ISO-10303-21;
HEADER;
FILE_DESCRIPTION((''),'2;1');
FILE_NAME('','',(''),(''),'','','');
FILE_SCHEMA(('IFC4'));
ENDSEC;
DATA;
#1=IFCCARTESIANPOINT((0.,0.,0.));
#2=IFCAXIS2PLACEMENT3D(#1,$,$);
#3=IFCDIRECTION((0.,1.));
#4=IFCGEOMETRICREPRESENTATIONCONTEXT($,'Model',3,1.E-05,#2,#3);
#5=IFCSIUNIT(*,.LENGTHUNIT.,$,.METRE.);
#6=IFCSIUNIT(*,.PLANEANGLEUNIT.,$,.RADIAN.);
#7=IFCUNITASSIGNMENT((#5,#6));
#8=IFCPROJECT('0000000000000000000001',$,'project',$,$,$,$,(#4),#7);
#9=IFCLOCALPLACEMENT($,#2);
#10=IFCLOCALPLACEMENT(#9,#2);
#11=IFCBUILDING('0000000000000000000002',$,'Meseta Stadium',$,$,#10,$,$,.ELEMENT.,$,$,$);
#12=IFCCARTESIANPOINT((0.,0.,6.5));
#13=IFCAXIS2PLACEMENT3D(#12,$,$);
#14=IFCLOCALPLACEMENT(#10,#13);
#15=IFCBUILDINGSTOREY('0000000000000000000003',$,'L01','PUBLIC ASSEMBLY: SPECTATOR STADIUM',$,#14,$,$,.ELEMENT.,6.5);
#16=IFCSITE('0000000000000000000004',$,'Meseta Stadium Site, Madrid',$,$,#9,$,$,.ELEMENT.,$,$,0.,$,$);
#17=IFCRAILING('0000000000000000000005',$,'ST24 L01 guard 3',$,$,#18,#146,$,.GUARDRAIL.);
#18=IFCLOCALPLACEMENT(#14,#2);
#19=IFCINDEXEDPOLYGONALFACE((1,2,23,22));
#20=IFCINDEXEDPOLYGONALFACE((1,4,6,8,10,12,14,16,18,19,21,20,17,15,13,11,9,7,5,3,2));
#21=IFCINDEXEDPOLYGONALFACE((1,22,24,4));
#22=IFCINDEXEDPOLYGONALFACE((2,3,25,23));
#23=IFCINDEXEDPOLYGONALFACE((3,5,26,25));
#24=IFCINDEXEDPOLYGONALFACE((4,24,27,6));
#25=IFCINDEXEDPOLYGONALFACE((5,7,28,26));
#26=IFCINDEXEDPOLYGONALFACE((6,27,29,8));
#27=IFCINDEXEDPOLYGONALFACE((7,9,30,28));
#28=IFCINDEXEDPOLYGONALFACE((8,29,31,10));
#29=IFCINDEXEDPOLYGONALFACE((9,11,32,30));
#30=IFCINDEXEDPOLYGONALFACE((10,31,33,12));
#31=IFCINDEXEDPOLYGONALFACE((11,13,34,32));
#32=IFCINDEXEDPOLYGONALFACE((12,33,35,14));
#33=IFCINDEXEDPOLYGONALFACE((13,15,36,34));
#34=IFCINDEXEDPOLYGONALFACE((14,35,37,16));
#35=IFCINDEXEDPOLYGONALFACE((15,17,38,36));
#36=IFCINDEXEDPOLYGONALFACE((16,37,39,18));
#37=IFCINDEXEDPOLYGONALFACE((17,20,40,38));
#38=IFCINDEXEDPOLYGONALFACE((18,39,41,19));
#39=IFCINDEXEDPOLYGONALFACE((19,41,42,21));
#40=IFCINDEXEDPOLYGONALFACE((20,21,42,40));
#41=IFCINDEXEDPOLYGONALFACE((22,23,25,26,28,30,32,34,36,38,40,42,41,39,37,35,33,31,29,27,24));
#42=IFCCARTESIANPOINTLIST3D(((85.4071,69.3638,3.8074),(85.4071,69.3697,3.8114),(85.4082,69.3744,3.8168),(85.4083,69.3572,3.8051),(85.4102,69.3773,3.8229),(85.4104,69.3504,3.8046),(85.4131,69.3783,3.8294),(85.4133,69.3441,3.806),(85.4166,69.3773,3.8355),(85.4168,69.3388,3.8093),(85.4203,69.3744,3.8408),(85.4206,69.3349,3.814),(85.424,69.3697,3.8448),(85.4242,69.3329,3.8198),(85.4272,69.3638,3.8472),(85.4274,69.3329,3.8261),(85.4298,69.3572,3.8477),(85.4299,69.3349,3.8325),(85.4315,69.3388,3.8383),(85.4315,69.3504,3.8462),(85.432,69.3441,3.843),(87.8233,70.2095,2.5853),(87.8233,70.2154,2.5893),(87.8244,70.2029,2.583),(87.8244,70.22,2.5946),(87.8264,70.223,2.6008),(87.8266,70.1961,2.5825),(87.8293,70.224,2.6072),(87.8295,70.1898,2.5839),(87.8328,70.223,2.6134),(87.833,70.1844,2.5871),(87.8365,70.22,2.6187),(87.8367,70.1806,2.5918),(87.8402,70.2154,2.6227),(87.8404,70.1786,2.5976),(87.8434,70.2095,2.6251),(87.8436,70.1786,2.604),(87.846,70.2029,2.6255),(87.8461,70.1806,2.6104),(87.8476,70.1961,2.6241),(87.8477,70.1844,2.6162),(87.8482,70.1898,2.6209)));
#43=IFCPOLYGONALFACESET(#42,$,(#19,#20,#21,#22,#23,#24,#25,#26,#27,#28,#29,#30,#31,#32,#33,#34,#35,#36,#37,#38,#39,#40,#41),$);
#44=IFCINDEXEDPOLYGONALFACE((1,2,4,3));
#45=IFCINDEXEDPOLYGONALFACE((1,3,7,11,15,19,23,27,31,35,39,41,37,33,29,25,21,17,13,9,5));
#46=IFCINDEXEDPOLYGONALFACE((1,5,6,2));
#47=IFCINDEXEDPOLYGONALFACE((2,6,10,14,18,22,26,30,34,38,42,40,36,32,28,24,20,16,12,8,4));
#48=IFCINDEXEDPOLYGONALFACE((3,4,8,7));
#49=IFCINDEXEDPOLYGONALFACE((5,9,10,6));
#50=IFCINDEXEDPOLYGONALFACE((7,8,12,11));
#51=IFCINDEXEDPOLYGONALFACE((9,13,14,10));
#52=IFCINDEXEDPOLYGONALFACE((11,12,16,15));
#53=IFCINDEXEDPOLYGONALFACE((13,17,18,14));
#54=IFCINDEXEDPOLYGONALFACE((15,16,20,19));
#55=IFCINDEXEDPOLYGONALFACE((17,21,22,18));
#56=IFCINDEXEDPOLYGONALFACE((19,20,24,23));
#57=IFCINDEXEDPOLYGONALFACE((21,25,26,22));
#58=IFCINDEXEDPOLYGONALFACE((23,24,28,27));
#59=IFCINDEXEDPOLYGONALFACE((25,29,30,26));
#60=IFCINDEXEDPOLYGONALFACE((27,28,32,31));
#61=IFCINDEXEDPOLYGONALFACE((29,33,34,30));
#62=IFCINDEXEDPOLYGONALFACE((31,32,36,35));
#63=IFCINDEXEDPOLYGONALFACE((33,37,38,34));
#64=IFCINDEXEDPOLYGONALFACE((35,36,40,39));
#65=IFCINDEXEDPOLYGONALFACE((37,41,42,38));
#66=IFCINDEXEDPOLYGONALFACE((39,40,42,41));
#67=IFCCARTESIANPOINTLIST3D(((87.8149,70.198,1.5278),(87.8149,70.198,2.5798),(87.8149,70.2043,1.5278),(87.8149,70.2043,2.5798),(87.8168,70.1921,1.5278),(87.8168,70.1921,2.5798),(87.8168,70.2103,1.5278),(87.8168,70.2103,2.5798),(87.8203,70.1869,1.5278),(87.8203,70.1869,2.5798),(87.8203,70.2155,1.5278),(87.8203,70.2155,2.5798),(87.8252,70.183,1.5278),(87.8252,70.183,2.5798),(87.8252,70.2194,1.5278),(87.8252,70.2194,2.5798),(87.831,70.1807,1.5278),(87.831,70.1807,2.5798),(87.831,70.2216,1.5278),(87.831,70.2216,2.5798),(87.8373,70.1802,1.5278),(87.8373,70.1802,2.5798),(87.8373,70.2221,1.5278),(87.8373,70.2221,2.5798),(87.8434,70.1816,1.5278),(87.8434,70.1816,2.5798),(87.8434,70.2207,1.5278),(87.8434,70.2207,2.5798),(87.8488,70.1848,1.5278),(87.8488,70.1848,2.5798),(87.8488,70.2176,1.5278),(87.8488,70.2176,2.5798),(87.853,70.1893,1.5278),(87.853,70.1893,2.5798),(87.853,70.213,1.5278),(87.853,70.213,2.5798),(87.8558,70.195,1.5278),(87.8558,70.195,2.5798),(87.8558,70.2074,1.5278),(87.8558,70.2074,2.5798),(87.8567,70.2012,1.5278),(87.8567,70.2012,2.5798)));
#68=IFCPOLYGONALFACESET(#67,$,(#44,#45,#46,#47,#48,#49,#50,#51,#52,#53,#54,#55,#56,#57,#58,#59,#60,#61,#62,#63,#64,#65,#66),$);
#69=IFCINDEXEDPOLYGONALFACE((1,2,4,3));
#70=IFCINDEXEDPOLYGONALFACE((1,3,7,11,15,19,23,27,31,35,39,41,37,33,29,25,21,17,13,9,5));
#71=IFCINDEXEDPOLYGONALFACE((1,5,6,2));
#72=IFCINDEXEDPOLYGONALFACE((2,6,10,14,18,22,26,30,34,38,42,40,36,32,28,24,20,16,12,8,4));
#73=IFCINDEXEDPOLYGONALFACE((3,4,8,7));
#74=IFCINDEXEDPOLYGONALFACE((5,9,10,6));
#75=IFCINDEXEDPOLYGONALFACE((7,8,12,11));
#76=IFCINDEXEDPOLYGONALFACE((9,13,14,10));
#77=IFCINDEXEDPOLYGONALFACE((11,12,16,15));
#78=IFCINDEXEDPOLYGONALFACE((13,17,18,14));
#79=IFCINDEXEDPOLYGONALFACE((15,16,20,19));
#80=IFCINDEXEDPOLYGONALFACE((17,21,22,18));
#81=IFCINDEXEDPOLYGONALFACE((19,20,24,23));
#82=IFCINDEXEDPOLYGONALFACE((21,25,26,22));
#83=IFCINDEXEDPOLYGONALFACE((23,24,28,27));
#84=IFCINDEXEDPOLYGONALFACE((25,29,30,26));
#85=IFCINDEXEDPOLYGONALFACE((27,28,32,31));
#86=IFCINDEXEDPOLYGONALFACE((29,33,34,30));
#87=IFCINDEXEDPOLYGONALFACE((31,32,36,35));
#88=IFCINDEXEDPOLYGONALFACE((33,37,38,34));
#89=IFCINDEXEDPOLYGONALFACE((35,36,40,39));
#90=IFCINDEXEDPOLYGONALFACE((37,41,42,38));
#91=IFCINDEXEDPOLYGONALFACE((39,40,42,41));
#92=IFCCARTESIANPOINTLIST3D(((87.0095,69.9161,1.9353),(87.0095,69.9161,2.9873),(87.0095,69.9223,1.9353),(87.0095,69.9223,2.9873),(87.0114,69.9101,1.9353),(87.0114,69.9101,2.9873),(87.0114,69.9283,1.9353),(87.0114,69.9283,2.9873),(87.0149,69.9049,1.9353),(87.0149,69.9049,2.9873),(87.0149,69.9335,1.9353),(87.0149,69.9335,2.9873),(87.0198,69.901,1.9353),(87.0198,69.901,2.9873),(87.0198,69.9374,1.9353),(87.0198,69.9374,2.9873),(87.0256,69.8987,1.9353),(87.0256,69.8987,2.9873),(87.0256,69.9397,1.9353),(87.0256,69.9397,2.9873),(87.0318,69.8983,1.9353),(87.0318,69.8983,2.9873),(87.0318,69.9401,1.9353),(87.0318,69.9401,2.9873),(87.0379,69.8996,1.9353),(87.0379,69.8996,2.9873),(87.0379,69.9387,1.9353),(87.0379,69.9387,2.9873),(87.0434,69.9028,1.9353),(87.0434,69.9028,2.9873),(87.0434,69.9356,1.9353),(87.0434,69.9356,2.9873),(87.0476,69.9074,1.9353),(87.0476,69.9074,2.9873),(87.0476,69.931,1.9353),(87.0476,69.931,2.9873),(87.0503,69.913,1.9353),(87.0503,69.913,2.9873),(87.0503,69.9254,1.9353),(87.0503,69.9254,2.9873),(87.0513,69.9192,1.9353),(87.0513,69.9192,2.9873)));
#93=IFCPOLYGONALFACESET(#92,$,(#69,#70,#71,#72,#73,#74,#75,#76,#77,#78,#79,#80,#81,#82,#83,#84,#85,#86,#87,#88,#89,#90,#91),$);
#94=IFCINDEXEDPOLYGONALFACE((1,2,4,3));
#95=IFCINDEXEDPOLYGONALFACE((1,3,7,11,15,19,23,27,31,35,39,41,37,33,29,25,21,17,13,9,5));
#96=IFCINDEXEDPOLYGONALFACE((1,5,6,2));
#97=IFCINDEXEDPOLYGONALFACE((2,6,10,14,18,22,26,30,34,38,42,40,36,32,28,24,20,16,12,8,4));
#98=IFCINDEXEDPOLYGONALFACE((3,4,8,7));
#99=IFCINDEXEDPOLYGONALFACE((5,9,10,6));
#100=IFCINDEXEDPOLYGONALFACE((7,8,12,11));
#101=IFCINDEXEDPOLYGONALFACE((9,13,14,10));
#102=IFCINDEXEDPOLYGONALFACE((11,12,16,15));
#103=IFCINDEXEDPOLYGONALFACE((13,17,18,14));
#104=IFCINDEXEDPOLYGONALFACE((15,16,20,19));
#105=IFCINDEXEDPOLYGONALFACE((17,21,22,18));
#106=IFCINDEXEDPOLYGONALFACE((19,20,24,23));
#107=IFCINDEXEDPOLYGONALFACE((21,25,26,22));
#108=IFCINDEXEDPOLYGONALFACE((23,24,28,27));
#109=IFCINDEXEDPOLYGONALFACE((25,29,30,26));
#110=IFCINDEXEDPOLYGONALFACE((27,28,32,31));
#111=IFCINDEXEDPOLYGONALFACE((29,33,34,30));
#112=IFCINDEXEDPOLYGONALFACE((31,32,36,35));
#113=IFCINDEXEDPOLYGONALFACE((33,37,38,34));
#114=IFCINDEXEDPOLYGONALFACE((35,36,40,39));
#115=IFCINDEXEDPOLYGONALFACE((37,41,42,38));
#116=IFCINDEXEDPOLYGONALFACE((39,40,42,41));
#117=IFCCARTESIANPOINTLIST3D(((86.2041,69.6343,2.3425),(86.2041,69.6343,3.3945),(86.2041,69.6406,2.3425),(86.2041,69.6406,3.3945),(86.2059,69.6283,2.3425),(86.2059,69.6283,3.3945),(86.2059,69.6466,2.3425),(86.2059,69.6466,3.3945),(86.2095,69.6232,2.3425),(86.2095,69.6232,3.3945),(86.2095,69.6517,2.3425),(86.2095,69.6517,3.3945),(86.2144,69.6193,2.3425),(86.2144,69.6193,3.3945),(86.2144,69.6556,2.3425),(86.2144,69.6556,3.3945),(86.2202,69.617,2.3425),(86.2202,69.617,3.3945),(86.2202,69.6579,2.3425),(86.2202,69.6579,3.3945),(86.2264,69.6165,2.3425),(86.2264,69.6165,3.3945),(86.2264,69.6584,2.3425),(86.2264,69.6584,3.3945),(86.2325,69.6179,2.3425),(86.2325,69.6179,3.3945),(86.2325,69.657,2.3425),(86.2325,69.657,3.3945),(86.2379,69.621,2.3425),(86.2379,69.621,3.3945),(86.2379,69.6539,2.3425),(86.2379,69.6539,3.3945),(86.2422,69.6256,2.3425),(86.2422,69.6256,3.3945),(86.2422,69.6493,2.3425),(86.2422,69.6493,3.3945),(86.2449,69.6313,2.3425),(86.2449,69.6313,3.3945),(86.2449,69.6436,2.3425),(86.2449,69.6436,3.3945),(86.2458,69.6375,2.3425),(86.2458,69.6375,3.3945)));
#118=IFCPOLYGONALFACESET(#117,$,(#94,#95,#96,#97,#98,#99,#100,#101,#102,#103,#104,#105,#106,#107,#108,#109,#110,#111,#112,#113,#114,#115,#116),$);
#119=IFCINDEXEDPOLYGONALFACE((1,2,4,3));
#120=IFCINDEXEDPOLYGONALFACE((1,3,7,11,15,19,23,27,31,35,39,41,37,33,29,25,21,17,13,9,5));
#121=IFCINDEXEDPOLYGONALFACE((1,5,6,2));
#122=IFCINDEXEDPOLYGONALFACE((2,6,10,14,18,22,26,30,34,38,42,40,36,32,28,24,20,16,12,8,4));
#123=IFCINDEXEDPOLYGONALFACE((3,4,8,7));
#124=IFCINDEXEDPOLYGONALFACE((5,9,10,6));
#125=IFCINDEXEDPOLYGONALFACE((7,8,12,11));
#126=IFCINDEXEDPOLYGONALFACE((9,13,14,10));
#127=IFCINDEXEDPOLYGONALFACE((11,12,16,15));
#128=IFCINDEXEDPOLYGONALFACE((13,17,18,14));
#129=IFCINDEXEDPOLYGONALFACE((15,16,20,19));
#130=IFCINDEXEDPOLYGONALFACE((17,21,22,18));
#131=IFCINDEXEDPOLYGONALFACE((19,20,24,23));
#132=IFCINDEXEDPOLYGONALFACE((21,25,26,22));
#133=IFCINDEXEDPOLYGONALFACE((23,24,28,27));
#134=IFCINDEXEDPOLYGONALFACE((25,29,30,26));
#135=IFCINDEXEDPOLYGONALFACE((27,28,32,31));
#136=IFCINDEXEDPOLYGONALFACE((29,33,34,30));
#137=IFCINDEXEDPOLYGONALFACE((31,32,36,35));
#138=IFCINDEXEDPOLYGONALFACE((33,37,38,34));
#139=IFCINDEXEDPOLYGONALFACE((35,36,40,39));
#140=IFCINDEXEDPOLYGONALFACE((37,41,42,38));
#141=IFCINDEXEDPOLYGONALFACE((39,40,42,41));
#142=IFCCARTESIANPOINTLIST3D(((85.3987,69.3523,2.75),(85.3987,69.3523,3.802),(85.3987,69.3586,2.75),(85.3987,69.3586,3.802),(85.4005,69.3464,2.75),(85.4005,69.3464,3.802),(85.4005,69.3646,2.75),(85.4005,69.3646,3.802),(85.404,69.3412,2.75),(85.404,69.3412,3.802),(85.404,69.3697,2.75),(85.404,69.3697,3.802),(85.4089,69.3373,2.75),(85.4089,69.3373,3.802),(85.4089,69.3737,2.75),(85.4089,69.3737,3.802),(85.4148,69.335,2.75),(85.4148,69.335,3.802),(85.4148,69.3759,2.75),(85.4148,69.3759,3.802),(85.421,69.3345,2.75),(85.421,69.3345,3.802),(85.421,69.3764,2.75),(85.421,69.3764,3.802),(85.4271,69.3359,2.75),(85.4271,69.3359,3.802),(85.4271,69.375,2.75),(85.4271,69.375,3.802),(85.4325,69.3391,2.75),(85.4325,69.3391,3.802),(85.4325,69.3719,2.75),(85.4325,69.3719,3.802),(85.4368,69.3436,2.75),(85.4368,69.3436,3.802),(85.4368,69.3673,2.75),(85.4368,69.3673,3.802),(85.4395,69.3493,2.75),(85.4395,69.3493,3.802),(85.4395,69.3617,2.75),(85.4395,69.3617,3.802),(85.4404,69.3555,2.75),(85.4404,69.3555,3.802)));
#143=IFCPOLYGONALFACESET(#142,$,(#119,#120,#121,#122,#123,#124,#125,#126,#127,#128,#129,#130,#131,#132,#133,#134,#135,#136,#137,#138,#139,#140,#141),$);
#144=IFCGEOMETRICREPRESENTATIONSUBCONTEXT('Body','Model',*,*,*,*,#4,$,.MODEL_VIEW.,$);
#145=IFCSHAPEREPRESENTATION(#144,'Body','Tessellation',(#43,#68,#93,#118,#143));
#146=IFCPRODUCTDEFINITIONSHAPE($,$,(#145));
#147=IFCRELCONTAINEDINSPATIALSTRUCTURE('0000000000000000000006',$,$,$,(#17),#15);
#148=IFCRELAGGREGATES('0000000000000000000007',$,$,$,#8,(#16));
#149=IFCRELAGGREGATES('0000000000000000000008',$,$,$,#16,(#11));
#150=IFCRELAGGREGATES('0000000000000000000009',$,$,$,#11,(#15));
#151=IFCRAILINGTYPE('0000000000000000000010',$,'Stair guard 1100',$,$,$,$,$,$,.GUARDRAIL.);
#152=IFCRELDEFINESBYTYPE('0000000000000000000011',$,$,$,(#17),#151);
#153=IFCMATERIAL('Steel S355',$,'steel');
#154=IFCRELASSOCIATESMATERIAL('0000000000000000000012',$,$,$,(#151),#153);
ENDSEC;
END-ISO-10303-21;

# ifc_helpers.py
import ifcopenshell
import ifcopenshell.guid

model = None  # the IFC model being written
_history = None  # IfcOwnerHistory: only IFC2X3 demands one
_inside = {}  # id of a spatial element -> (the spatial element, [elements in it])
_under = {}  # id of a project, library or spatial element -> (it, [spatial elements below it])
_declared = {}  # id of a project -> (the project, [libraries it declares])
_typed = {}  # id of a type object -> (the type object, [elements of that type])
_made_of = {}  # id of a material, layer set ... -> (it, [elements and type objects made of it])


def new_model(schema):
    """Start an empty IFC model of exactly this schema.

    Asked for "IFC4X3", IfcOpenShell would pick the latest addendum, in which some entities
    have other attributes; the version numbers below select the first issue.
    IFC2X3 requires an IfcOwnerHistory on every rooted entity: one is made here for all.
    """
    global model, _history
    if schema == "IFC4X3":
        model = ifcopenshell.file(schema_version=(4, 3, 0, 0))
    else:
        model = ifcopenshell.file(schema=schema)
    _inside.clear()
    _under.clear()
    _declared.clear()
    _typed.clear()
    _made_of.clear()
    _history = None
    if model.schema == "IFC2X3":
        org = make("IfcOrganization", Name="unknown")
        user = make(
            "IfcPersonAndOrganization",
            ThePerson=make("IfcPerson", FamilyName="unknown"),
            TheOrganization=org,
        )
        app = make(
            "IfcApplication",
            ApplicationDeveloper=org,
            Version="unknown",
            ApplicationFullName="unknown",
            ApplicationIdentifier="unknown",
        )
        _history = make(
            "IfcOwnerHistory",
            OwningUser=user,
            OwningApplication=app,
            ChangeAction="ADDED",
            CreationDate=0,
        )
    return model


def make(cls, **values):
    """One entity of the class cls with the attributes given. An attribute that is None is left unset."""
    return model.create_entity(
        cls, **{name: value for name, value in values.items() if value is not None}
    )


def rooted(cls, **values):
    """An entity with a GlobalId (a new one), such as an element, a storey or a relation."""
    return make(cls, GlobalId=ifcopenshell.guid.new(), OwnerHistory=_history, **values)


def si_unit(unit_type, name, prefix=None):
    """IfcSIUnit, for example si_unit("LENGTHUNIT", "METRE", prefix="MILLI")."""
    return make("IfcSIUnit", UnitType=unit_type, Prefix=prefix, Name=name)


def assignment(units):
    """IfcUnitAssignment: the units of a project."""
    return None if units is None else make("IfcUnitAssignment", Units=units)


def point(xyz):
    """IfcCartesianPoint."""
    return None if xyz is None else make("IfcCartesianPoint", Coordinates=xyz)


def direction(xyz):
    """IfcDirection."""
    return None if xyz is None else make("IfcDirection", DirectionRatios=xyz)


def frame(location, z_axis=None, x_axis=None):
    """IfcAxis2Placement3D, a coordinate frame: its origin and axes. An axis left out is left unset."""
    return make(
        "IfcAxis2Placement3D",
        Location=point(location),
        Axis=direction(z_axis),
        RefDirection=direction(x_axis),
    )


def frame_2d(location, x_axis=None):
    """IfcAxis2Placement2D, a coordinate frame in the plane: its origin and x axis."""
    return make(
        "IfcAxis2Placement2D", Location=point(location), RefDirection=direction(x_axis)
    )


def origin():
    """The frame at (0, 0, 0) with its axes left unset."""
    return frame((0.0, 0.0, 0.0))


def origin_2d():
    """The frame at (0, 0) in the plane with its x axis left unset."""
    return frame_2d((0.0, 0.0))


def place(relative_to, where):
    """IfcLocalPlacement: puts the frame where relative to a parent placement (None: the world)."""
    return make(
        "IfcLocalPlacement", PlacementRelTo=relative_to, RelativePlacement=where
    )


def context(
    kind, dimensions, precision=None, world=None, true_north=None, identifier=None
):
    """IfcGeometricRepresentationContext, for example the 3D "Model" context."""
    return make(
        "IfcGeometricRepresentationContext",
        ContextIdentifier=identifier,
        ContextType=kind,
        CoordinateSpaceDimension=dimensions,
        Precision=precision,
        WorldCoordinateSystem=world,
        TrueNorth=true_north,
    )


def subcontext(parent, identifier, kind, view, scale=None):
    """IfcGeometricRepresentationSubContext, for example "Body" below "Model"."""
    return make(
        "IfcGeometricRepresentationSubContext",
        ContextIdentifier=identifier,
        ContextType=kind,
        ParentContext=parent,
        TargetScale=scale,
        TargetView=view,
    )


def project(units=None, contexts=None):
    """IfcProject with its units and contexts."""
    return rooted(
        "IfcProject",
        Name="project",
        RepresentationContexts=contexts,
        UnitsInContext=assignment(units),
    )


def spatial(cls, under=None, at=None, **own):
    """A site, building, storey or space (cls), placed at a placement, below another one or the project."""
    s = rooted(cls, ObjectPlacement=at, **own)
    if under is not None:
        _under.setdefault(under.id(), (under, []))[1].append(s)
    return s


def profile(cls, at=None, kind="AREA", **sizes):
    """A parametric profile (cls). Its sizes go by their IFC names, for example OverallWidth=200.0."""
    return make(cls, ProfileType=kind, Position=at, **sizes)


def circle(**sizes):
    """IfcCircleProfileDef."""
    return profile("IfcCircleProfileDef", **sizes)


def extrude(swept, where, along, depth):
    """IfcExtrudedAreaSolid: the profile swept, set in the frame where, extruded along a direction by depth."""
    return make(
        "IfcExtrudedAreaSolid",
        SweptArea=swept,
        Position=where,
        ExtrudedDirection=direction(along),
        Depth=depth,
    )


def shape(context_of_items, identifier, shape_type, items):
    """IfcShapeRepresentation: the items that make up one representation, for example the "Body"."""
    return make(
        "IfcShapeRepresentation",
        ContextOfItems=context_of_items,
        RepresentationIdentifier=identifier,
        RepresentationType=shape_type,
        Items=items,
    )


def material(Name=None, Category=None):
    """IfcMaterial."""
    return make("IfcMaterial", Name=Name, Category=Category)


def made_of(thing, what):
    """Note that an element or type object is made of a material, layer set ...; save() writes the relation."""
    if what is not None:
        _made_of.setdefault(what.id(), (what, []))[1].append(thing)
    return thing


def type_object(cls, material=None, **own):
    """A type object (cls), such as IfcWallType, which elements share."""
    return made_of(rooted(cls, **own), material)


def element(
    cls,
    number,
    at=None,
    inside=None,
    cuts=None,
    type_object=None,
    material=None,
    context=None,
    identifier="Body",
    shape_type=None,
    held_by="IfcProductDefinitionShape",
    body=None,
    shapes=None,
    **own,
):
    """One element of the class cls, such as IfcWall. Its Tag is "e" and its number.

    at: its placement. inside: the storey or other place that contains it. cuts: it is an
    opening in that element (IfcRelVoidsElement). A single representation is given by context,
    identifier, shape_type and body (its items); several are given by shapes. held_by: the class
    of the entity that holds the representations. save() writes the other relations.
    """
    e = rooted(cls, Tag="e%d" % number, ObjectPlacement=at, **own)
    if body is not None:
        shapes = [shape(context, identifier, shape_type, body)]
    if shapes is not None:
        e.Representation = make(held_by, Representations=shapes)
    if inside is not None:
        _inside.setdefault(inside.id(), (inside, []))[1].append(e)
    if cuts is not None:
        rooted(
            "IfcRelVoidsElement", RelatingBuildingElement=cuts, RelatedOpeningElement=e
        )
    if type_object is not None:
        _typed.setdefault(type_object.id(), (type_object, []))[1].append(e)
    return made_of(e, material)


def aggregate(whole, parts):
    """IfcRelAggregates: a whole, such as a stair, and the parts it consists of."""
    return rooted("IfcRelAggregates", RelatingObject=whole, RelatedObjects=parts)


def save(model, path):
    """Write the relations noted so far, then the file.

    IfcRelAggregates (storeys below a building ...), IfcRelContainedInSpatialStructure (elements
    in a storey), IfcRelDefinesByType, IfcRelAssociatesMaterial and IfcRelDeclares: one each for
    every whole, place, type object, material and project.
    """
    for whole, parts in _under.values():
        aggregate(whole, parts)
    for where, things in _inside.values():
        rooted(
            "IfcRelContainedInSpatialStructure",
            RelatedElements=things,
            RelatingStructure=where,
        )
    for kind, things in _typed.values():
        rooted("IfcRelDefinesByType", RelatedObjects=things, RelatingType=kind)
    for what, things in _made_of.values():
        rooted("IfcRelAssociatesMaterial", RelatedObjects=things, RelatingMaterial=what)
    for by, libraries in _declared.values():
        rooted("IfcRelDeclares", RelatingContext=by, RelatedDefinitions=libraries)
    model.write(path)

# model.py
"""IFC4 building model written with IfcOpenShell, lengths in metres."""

from ifc_helpers import new_model, si_unit, direction, frame, origin, origin_2d, place, context, subcontext, project, spatial, circle, extrude, material, type_object, element, save


model = new_model("IFC4")

# Units and contexts
model_context = context("Model", 3, precision=1e-05, world=origin(), true_north=direction((0.0, 1.0)))
body_context = subcontext(model_context, "Body", "Model", "MODEL_VIEW")
ifc_project = project(units=[si_unit("LENGTHUNIT", "METRE"), si_unit("PLANEANGLEUNIT", "RADIAN")], contexts=[model_context])

# Site, building, storey
site_placement = place(None, origin())
site = spatial("IfcSite", under=ifc_project, at=site_placement, Name="Meseta Stadium Site, Madrid", CompositionType="ELEMENT", RefElevation=0.0)
building_placement = place(site_placement, origin())
building = spatial("IfcBuilding", under=site, at=building_placement, Name="Meseta Stadium", CompositionType="ELEMENT")
storey_placement = place(building_placement, frame((0.0, 0.0, 6.5)))
storey = spatial("IfcBuildingStorey", under=building, at=storey_placement, Name="L01", Description="PUBLIC ASSEMBLY: SPECTATOR STADIUM", CompositionType="ELEMENT", Elevation=6.5)

# Railing
ifc_material_1 = material(Name="Steel S355", Category="steel")
railing_type_1 = type_object("IfcRailingType", Name="Stair guard 1100", PredefinedType="GUARDRAIL", material=ifc_material_1)
railing_1_placement = place(storey_placement, frame((87.8357, 70.2012, 1.5278)))
element("IfcRailing", 1, at=railing_1_placement, inside=storey, type_object=railing_type_1, Name="ST24 L01 guard 3", PredefinedType="GUARDRAIL", context=body_context, shape_type="SweptSolid", body=[
    extrude(circle(Radius=0.0239, at=origin_2d()), frame((0.0, 0.0, 1.0762), z_axis=(-0.851767, -0.298123, 0.430832), x_axis=(0.330355, -0.943857, 0.0)), (0.0, 0.0, 1.0), 2.8367),
    extrude(circle(Radius=0.021, at=origin_2d()), origin(), (0.0, 0.0, 1.0), 1.052),
    extrude(circle(Radius=0.021, at=origin_2d()), frame((-0.8054, -0.282, 0.4075)), (0.0, 0.0, 1.0), 1.052),
    extrude(circle(Radius=0.021, at=origin_2d()), frame((-1.6108, -0.5637, 0.8147)), (0.0, 0.0, 1.0), 1.052),
    extrude(circle(Radius=0.021, at=origin_2d()), frame((-2.4163, -0.8457, 1.2222)), (0.0, 0.0, 1.0), 1.052),
])

save(model, "model.ifc")
